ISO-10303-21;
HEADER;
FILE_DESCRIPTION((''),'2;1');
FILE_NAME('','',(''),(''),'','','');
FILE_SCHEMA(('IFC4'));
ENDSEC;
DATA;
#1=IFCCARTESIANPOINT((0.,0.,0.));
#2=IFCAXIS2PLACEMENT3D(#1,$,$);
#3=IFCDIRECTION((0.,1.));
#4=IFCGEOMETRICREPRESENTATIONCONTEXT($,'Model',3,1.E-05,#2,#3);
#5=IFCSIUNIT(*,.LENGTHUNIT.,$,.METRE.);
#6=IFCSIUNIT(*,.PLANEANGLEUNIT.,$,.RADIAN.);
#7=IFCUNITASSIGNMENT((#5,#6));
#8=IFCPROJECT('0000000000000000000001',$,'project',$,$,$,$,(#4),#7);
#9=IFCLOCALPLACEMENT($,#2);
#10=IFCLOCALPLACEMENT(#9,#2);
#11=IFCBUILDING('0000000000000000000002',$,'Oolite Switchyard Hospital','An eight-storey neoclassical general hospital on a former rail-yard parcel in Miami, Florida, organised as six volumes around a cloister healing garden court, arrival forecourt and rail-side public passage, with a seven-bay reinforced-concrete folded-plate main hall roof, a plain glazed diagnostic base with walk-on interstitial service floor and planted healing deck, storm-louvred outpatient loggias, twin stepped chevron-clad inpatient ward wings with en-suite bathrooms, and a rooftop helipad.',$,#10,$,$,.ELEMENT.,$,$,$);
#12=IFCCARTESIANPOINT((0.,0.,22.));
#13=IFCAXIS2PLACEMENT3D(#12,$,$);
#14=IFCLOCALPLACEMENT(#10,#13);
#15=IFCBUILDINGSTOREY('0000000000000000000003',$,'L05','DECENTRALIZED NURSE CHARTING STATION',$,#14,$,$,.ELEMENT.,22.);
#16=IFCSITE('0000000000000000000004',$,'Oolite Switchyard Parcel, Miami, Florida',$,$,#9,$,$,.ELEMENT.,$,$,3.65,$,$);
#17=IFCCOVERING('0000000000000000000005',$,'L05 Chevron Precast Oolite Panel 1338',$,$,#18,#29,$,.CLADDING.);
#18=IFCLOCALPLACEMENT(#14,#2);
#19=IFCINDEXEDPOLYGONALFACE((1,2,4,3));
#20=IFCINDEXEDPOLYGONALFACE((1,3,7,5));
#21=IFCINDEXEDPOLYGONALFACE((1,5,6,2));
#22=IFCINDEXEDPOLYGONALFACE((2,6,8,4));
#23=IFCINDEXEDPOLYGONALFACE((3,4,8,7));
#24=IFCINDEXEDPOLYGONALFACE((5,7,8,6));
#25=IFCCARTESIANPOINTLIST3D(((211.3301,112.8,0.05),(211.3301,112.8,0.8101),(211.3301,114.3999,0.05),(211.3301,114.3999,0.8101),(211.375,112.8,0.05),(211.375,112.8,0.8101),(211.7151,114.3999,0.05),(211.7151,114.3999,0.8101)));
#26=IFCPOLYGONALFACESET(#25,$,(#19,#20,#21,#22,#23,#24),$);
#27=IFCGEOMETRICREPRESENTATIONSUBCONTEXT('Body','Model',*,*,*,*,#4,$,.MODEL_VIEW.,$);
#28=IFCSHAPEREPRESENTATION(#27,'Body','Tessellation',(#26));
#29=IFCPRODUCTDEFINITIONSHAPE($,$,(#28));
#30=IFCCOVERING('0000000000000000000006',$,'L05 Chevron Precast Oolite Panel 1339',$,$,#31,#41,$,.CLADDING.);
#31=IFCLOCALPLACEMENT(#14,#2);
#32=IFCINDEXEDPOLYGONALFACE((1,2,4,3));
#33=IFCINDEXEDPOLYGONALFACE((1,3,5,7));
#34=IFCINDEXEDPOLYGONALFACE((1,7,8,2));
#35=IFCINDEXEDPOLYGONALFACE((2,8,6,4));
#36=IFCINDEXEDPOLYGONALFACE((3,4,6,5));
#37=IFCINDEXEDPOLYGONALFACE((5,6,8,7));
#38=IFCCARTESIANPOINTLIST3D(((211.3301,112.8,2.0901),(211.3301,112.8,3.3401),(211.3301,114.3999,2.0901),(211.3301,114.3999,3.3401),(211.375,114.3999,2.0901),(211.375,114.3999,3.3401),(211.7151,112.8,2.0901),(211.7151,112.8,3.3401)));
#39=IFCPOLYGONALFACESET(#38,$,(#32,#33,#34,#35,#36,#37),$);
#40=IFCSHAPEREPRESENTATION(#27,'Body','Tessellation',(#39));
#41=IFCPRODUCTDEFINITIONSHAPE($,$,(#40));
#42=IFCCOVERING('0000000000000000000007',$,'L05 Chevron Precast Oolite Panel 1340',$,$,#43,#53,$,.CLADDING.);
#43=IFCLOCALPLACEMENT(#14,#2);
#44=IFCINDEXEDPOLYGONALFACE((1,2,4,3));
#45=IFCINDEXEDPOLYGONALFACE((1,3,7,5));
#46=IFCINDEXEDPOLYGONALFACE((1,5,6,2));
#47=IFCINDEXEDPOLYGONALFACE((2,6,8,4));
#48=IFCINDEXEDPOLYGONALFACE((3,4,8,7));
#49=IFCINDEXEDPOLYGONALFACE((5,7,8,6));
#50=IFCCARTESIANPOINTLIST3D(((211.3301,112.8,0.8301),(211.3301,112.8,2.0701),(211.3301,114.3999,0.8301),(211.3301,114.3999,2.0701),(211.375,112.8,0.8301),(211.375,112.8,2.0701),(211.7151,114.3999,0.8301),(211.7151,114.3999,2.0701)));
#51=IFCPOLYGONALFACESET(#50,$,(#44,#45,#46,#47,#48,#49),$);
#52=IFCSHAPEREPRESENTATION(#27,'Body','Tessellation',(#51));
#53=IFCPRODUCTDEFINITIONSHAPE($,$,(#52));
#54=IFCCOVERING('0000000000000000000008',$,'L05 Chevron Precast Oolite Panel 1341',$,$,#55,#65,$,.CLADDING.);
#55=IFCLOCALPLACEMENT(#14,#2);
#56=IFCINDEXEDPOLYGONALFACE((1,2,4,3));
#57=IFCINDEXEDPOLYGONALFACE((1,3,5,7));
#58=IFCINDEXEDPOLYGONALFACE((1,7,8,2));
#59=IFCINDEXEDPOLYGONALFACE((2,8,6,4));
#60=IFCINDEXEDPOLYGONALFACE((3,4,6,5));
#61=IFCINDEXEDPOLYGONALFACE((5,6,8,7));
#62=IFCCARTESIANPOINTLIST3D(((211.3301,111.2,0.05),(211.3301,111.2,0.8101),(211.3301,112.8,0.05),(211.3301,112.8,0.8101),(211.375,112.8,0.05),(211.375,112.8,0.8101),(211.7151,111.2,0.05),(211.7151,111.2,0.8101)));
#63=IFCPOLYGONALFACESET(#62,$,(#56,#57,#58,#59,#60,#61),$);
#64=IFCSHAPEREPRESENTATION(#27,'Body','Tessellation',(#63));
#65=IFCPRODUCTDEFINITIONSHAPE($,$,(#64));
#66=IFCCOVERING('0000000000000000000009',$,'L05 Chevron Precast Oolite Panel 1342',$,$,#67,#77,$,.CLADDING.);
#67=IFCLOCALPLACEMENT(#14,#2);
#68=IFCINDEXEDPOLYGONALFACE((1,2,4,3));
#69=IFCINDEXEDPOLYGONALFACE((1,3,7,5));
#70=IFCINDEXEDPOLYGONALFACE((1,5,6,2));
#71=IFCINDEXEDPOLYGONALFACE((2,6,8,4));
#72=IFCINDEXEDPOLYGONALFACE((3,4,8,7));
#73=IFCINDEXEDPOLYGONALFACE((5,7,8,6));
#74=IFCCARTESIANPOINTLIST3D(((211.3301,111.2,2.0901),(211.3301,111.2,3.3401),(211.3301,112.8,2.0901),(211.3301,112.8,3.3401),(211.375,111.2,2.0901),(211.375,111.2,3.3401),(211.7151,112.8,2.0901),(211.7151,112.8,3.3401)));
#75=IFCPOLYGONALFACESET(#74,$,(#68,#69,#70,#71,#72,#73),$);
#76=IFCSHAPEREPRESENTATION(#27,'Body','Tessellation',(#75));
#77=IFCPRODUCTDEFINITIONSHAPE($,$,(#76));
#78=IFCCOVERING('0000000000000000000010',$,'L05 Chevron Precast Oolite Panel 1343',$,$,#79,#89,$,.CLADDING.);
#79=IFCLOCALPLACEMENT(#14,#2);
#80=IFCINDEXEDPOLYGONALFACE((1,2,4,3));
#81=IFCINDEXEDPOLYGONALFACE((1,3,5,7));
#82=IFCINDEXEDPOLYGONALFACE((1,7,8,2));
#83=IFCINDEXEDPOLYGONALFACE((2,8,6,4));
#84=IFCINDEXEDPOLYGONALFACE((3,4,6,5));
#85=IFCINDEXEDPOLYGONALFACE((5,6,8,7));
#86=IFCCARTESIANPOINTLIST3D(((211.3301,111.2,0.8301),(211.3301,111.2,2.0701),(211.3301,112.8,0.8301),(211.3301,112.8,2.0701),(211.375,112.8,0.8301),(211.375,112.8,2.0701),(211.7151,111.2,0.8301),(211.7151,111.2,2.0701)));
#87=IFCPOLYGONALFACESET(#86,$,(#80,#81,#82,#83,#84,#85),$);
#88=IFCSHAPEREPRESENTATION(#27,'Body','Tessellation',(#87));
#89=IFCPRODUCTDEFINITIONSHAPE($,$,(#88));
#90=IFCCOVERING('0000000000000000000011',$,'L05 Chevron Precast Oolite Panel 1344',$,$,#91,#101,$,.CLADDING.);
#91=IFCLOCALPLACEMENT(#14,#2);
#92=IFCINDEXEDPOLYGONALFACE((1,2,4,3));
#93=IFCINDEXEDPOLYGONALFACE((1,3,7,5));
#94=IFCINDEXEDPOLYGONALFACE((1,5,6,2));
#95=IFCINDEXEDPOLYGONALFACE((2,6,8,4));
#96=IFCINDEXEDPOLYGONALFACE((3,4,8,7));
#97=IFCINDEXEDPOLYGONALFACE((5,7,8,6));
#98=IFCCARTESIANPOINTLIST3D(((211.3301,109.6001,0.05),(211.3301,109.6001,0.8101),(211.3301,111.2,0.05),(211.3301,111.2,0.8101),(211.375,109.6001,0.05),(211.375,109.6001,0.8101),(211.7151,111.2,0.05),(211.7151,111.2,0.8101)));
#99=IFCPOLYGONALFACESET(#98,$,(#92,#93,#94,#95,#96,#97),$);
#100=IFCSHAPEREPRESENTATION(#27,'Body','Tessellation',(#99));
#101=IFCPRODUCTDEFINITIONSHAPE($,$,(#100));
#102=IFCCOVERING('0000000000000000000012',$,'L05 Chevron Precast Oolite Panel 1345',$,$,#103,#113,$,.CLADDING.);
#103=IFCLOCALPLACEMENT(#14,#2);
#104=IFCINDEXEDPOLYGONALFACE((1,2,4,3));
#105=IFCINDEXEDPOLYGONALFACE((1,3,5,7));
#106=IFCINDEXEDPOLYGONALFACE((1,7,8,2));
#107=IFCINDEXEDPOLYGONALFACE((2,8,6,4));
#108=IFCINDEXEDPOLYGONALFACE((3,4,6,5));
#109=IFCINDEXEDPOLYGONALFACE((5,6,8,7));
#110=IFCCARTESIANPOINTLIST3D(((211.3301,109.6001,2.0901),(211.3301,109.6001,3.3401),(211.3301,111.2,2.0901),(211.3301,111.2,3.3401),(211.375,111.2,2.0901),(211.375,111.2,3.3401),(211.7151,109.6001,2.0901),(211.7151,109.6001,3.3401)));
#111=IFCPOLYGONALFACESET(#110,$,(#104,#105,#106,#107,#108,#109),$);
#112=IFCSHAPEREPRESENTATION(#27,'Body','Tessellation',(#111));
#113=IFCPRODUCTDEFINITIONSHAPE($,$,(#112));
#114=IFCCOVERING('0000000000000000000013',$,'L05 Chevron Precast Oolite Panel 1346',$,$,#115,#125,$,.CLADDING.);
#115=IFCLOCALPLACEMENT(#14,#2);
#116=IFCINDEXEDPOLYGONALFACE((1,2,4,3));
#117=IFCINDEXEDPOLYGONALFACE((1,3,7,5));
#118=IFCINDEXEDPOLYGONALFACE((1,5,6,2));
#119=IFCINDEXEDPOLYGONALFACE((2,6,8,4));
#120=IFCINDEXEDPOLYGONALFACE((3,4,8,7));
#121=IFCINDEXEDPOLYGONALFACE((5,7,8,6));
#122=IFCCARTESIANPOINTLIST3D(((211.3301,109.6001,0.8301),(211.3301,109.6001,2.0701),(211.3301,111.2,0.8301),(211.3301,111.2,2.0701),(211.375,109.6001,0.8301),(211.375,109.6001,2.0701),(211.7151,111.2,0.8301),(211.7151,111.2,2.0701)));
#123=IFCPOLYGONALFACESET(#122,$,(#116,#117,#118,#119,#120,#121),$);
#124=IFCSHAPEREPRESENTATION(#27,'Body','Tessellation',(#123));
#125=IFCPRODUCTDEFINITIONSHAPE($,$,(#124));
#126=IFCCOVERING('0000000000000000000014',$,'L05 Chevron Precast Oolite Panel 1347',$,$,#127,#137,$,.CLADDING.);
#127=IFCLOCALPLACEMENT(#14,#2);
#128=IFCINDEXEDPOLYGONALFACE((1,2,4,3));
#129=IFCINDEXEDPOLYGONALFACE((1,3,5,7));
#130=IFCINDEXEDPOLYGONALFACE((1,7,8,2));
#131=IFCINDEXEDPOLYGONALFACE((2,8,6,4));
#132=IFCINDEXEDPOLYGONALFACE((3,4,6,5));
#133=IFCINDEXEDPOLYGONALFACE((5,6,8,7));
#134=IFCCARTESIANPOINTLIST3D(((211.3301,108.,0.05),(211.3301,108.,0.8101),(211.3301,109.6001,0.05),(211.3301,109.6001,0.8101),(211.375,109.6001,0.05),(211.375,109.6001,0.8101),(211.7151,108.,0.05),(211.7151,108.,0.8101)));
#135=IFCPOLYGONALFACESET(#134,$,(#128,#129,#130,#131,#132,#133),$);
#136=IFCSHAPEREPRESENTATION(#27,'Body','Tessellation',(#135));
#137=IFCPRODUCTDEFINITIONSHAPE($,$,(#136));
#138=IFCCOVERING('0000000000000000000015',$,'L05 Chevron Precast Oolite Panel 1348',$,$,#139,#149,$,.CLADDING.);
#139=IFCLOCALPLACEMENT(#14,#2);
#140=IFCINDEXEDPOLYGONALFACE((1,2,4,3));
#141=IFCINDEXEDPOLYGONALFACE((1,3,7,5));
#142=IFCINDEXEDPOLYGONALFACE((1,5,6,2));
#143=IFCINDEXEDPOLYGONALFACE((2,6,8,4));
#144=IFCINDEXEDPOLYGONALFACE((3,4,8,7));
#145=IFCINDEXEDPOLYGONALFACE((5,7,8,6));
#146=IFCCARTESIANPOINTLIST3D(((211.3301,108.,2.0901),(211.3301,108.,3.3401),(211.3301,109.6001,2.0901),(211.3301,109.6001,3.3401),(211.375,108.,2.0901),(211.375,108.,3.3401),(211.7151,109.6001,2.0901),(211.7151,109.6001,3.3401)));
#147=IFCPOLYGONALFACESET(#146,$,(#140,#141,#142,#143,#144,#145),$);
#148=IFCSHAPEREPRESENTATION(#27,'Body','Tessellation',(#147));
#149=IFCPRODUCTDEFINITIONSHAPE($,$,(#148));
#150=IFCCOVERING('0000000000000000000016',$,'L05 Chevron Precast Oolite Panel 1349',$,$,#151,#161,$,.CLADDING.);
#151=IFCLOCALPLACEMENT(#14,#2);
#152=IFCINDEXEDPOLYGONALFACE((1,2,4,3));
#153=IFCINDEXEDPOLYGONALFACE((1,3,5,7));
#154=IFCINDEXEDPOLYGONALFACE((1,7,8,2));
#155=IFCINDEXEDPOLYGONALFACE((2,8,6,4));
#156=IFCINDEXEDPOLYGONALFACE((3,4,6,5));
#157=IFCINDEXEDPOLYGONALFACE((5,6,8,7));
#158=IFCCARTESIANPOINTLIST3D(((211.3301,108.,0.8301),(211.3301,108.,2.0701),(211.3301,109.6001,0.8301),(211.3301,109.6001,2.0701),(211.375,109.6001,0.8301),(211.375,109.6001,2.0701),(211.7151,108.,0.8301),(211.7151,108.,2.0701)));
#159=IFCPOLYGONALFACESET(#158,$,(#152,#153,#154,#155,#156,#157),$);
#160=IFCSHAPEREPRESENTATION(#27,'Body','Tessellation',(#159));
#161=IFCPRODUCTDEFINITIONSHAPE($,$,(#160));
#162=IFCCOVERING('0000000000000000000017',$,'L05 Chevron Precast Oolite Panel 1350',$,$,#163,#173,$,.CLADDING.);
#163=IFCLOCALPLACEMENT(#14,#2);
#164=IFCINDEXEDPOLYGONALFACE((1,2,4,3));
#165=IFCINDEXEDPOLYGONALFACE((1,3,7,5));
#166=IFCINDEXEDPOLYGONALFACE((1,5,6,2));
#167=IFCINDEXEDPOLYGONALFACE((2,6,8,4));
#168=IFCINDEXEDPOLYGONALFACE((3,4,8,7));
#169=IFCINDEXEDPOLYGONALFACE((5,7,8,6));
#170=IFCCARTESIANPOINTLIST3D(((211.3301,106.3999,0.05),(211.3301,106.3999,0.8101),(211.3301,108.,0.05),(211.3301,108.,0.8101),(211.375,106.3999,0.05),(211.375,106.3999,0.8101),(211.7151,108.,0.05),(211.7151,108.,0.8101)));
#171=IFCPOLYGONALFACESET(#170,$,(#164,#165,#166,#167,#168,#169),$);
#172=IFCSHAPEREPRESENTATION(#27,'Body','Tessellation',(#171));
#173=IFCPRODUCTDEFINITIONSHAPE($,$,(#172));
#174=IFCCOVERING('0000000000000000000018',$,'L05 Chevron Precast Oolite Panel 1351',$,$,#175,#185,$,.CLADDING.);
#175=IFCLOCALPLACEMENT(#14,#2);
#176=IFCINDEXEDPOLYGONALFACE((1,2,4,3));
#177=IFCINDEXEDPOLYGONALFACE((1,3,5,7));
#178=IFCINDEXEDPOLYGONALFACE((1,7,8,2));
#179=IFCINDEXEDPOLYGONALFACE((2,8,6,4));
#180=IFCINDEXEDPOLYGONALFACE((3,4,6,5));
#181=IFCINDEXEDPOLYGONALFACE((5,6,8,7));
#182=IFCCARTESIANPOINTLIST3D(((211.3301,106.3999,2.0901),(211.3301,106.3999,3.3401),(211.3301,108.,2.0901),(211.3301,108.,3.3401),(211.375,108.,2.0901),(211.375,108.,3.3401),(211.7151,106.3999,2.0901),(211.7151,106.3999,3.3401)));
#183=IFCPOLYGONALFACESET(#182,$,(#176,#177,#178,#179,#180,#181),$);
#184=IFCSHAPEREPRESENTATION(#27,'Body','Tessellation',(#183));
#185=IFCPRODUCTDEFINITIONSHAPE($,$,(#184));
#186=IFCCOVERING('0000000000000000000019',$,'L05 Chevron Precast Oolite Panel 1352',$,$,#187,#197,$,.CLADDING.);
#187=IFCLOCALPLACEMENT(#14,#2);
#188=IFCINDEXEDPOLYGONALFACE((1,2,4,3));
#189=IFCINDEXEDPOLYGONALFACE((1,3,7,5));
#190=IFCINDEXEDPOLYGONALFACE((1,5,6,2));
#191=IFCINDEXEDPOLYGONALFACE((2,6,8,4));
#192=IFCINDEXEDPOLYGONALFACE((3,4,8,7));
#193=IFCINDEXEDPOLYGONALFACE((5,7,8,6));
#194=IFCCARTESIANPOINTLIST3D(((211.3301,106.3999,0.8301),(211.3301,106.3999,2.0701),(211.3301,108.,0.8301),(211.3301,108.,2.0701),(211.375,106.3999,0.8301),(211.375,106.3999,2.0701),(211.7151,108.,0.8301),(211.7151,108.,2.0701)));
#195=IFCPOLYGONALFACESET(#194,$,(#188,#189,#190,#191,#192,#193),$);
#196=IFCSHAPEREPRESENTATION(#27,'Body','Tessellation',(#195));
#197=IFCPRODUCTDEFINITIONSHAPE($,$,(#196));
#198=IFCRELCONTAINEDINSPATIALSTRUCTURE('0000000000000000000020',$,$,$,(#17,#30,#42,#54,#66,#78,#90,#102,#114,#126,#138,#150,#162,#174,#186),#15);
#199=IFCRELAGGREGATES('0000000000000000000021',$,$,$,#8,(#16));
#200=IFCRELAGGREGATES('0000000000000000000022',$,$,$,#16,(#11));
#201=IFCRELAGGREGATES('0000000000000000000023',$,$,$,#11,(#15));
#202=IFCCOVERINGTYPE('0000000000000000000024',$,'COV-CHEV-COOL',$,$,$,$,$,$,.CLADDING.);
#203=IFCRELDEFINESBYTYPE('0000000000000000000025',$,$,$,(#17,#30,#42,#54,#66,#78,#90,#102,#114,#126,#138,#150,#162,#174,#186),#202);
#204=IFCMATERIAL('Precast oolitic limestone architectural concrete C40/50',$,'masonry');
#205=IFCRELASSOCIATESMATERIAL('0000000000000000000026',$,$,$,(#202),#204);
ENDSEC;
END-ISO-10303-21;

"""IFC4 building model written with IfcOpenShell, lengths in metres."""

from ifc_helpers import new_model, si_unit, direction, frame, origin, place, context, subcontext, project, spatial, polyline, outline, extrude, material, type_object, element, save


model = new_model("IFC4")

# Units and contexts
model_context = context("Model", 3, precision=1e-05, world=origin(), true_north=direction((0.0, 1.0)))
body_context = subcontext(model_context, "Body", "Model", "MODEL_VIEW")
ifc_project = project(units=[si_unit("LENGTHUNIT", "METRE"), si_unit("PLANEANGLEUNIT", "RADIAN")], contexts=[model_context])

# Site, building, storey
site_placement = place(None, origin())
site = spatial("IfcSite", under=ifc_project, at=site_placement, Name="Oolite Switchyard Parcel, Miami, Florida", CompositionType="ELEMENT", RefElevation=3.65)
building_placement = place(site_placement, origin())
building = spatial("IfcBuilding", under=site, at=building_placement, Name="Oolite Switchyard Hospital", Description="An eight-storey neoclassical general hospital on a former rail-yard parcel in Miami, Florida, organised as six volumes around a cloister healing garden court, arrival forecourt and rail-side public passage, with a seven-bay reinforced-concrete folded-plate main hall roof, a plain glazed diagnostic base with walk-on interstitial service floor and planted healing deck, storm-louvred outpatient loggias, twin stepped chevron-clad inpatient ward wings with en-suite bathrooms, and a rooftop helipad.", CompositionType="ELEMENT")
storey_placement = place(building_placement, frame((0.0, 0.0, 22.0)))
storey = spatial("IfcBuildingStorey", under=building, at=storey_placement, Name="L05", Description="DECENTRALIZED NURSE CHARTING STATION", CompositionType="ELEMENT", Elevation=22.0)

# Coverings
ifc_material = material(Name="Precast oolitic limestone architectural concrete C40/50", Category="masonry")
covering_type = type_object("IfcCoveringType", Name="COV-CHEV-COOL", PredefinedType="CLADDING", material=ifc_material)
covering_1_placement = place(storey_placement, frame((211.3301, 114.3999, 0.05), z_axis=(0.0, 0.0, 1.0), x_axis=(0.0, -1.0, 0.0)))
element("IfcCovering", 1, at=covering_1_placement, inside=storey, type_object=covering_type, Name="L05 Chevron Precast Oolite Panel 1338", PredefinedType="CLADDING", context=body_context, shape_type="SweptSolid", body=[
    extrude(outline(polyline([(0.0, 0.0), (1.5999, 0.0), (1.5999, 0.0449), (0.0, 0.385), (0.0, 0.0)])), origin(), (0.0, 0.0, 1.0), 0.76),
])
covering_2_placement = place(storey_placement, frame((211.3301, 114.3999, 2.0901), z_axis=(0.0, 0.0, 1.0), x_axis=(0.0, -1.0, 0.0)))
element("IfcCovering", 2, at=covering_2_placement, inside=storey, type_object=covering_type, Name="L05 Chevron Precast Oolite Panel 1339", PredefinedType="CLADDING", context=body_context, shape_type="SweptSolid", body=[
    extrude(outline(polyline([(0.0, 0.0), (1.5999, 0.0), (1.5999, 0.385), (0.0, 0.0449), (0.0, 0.0)])), origin(), (0.0, 0.0, 1.0), 1.25),
])
covering_3_placement = place(storey_placement, frame((211.3301, 114.3999, 0.8301), z_axis=(0.0, 0.0, 1.0), x_axis=(0.0, -1.0, 0.0)))
element("IfcCovering", 3, at=covering_3_placement, inside=storey, type_object=covering_type, Name="L05 Chevron Precast Oolite Panel 1340", PredefinedType="CLADDING", context=body_context, shape_type="SweptSolid", body=[
    extrude(outline(polyline([(0.0, 0.0), (1.5999, 0.0), (1.5999, 0.0449), (0.0, 0.385), (0.0, 0.0)])), origin(), (0.0, 0.0, 1.0), 1.24),
])
covering_4_placement = place(storey_placement, frame((211.3301, 112.8, 0.05), z_axis=(0.0, 0.0, 1.0), x_axis=(0.0, -1.0, 0.0)))
element("IfcCovering", 4, at=covering_4_placement, inside=storey, type_object=covering_type, Name="L05 Chevron Precast Oolite Panel 1341", PredefinedType="CLADDING", context=body_context, shape_type="SweptSolid", body=[
    extrude(outline(polyline([(0.0, 0.0), (1.6001, 0.0), (1.6001, 0.385), (0.0, 0.0449), (0.0, 0.0)])), origin(), (0.0, 0.0, 1.0), 0.76),
])
covering_5_placement = place(storey_placement, frame((211.3301, 112.8, 2.0901), z_axis=(0.0, 0.0, 1.0), x_axis=(0.0, -1.0, 0.0)))
element("IfcCovering", 5, at=covering_5_placement, inside=storey, type_object=covering_type, Name="L05 Chevron Precast Oolite Panel 1342", PredefinedType="CLADDING", context=body_context, shape_type="SweptSolid", body=[
    extrude(outline(polyline([(0.0, 0.0), (1.6001, 0.0), (1.6001, 0.0449), (0.0, 0.385), (0.0, 0.0)])), origin(), (0.0, 0.0, 1.0), 1.25),
])
covering_6_placement = place(storey_placement, frame((211.3301, 112.8, 0.8301), z_axis=(0.0, 0.0, 1.0), x_axis=(0.0, -1.0, 0.0)))
element("IfcCovering", 6, at=covering_6_placement, inside=storey, type_object=covering_type, Name="L05 Chevron Precast Oolite Panel 1343", PredefinedType="CLADDING", context=body_context, shape_type="SweptSolid", body=[
    extrude(outline(polyline([(0.0, 0.0), (1.6001, 0.0), (1.6001, 0.385), (0.0, 0.0449), (0.0, 0.0)])), origin(), (0.0, 0.0, 1.0), 1.24),
])
covering_7_placement = place(storey_placement, frame((211.3301, 111.2, 0.05), z_axis=(0.0, 0.0, 1.0), x_axis=(0.0, -1.0, 0.0)))
element("IfcCovering", 7, at=covering_7_placement, inside=storey, type_object=covering_type, Name="L05 Chevron Precast Oolite Panel 1344", PredefinedType="CLADDING", context=body_context, shape_type="SweptSolid", body=[
    extrude(outline(polyline([(0.0, 0.0), (1.5999, 0.0), (1.5999, 0.0449), (0.0, 0.385), (0.0, 0.0)])), origin(), (0.0, 0.0, 1.0), 0.76),
])
covering_8_placement = place(storey_placement, frame((211.3301, 111.2, 2.0901), z_axis=(0.0, 0.0, 1.0), x_axis=(0.0, -1.0, 0.0)))
element("IfcCovering", 8, at=covering_8_placement, inside=storey, type_object=covering_type, Name="L05 Chevron Precast Oolite Panel 1345", PredefinedType="CLADDING", context=body_context, shape_type="SweptSolid", body=[
    extrude(outline(polyline([(0.0, 0.0), (1.5999, 0.0), (1.5999, 0.385), (0.0, 0.0449), (0.0, 0.0)])), origin(), (0.0, 0.0, 1.0), 1.25),
])
covering_9_placement = place(storey_placement, frame((211.3301, 111.2, 0.8301), z_axis=(0.0, 0.0, 1.0), x_axis=(0.0, -1.0, 0.0)))
element("IfcCovering", 9, at=covering_9_placement, inside=storey, type_object=covering_type, Name="L05 Chevron Precast Oolite Panel 1346", PredefinedType="CLADDING", context=body_context, shape_type="SweptSolid", body=[
    extrude(outline(polyline([(0.0, 0.0), (1.5999, 0.0), (1.5999, 0.0449), (0.0, 0.385), (0.0, 0.0)])), origin(), (0.0, 0.0, 1.0), 1.24),
])
covering_10_placement = place(storey_placement, frame((211.3301, 109.6001, 0.05), z_axis=(0.0, 0.0, 1.0), x_axis=(0.0, -1.0, 0.0)))
element("IfcCovering", 10, at=covering_10_placement, inside=storey, type_object=covering_type, Name="L05 Chevron Precast Oolite Panel 1347", PredefinedType="CLADDING", context=body_context, shape_type="SweptSolid", body=[
    extrude(outline(polyline([(0.0, 0.0), (1.6001, 0.0), (1.6001, 0.385), (0.0, 0.0449), (0.0, 0.0)])), origin(), (0.0, 0.0, 1.0), 0.76),
])
covering_11_placement = place(storey_placement, frame((211.3301, 109.6001, 2.0901), z_axis=(0.0, 0.0, 1.0), x_axis=(0.0, -1.0, 0.0)))
element("IfcCovering", 11, at=covering_11_placement, inside=storey, type_object=covering_type, Name="L05 Chevron Precast Oolite Panel 1348", PredefinedType="CLADDING", context=body_context, shape_type="SweptSolid", body=[
    extrude(outline(polyline([(0.0, 0.0), (1.6001, 0.0), (1.6001, 0.0449), (0.0, 0.385), (0.0, 0.0)])), origin(), (0.0, 0.0, 1.0), 1.25),
])
covering_12_placement = place(storey_placement, frame((211.3301, 109.6001, 0.8301), z_axis=(0.0, 0.0, 1.0), x_axis=(0.0, -1.0, 0.0)))
element("IfcCovering", 12, at=covering_12_placement, inside=storey, type_object=covering_type, Name="L05 Chevron Precast Oolite Panel 1349", PredefinedType="CLADDING", context=body_context, shape_type="SweptSolid", body=[
    extrude(outline(polyline([(0.0, 0.0), (1.6001, 0.0), (1.6001, 0.385), (0.0, 0.0449), (0.0, 0.0)])), origin(), (0.0, 0.0, 1.0), 1.24),
])
covering_13_placement = place(storey_placement, frame((211.3301, 108.0, 0.05), z_axis=(0.0, 0.0, 1.0), x_axis=(0.0, -1.0, 0.0)))
element("IfcCovering", 13, at=covering_13_placement, inside=storey, type_object=covering_type, Name="L05 Chevron Precast Oolite Panel 1350", PredefinedType="CLADDING", context=body_context, shape_type="SweptSolid", body=[
    extrude(outline(polyline([(0.0, 0.0), (1.6001, 0.0), (1.6001, 0.0449), (0.0, 0.385), (0.0, 0.0)])), origin(), (0.0, 0.0, 1.0), 0.76),
])
covering_14_placement = place(storey_placement, frame((211.3301, 108.0, 2.0901), z_axis=(0.0, 0.0, 1.0), x_axis=(0.0, -1.0, 0.0)))
element("IfcCovering", 14, at=covering_14_placement, inside=storey, type_object=covering_type, Name="L05 Chevron Precast Oolite Panel 1351", PredefinedType="CLADDING", context=body_context, shape_type="SweptSolid", body=[
    extrude(outline(polyline([(0.0, 0.0), (1.6001, 0.0), (1.6001, 0.385), (0.0, 0.0449), (0.0, 0.0)])), origin(), (0.0, 0.0, 1.0), 1.25),
])
covering_15_placement = place(storey_placement, frame((211.3301, 108.0, 0.8301), z_axis=(0.0, 0.0, 1.0), x_axis=(0.0, -1.0, 0.0)))
element("IfcCovering", 15, at=covering_15_placement, inside=storey, type_object=covering_type, Name="L05 Chevron Precast Oolite Panel 1352", PredefinedType="CLADDING", context=body_context, shape_type="SweptSolid", body=[
    extrude(outline(polyline([(0.0, 0.0), (1.6001, 0.0), (1.6001, 0.0449), (0.0, 0.385), (0.0, 0.0)])), origin(), (0.0, 0.0, 1.0), 1.24),
])

save(model, "model.ifc")
